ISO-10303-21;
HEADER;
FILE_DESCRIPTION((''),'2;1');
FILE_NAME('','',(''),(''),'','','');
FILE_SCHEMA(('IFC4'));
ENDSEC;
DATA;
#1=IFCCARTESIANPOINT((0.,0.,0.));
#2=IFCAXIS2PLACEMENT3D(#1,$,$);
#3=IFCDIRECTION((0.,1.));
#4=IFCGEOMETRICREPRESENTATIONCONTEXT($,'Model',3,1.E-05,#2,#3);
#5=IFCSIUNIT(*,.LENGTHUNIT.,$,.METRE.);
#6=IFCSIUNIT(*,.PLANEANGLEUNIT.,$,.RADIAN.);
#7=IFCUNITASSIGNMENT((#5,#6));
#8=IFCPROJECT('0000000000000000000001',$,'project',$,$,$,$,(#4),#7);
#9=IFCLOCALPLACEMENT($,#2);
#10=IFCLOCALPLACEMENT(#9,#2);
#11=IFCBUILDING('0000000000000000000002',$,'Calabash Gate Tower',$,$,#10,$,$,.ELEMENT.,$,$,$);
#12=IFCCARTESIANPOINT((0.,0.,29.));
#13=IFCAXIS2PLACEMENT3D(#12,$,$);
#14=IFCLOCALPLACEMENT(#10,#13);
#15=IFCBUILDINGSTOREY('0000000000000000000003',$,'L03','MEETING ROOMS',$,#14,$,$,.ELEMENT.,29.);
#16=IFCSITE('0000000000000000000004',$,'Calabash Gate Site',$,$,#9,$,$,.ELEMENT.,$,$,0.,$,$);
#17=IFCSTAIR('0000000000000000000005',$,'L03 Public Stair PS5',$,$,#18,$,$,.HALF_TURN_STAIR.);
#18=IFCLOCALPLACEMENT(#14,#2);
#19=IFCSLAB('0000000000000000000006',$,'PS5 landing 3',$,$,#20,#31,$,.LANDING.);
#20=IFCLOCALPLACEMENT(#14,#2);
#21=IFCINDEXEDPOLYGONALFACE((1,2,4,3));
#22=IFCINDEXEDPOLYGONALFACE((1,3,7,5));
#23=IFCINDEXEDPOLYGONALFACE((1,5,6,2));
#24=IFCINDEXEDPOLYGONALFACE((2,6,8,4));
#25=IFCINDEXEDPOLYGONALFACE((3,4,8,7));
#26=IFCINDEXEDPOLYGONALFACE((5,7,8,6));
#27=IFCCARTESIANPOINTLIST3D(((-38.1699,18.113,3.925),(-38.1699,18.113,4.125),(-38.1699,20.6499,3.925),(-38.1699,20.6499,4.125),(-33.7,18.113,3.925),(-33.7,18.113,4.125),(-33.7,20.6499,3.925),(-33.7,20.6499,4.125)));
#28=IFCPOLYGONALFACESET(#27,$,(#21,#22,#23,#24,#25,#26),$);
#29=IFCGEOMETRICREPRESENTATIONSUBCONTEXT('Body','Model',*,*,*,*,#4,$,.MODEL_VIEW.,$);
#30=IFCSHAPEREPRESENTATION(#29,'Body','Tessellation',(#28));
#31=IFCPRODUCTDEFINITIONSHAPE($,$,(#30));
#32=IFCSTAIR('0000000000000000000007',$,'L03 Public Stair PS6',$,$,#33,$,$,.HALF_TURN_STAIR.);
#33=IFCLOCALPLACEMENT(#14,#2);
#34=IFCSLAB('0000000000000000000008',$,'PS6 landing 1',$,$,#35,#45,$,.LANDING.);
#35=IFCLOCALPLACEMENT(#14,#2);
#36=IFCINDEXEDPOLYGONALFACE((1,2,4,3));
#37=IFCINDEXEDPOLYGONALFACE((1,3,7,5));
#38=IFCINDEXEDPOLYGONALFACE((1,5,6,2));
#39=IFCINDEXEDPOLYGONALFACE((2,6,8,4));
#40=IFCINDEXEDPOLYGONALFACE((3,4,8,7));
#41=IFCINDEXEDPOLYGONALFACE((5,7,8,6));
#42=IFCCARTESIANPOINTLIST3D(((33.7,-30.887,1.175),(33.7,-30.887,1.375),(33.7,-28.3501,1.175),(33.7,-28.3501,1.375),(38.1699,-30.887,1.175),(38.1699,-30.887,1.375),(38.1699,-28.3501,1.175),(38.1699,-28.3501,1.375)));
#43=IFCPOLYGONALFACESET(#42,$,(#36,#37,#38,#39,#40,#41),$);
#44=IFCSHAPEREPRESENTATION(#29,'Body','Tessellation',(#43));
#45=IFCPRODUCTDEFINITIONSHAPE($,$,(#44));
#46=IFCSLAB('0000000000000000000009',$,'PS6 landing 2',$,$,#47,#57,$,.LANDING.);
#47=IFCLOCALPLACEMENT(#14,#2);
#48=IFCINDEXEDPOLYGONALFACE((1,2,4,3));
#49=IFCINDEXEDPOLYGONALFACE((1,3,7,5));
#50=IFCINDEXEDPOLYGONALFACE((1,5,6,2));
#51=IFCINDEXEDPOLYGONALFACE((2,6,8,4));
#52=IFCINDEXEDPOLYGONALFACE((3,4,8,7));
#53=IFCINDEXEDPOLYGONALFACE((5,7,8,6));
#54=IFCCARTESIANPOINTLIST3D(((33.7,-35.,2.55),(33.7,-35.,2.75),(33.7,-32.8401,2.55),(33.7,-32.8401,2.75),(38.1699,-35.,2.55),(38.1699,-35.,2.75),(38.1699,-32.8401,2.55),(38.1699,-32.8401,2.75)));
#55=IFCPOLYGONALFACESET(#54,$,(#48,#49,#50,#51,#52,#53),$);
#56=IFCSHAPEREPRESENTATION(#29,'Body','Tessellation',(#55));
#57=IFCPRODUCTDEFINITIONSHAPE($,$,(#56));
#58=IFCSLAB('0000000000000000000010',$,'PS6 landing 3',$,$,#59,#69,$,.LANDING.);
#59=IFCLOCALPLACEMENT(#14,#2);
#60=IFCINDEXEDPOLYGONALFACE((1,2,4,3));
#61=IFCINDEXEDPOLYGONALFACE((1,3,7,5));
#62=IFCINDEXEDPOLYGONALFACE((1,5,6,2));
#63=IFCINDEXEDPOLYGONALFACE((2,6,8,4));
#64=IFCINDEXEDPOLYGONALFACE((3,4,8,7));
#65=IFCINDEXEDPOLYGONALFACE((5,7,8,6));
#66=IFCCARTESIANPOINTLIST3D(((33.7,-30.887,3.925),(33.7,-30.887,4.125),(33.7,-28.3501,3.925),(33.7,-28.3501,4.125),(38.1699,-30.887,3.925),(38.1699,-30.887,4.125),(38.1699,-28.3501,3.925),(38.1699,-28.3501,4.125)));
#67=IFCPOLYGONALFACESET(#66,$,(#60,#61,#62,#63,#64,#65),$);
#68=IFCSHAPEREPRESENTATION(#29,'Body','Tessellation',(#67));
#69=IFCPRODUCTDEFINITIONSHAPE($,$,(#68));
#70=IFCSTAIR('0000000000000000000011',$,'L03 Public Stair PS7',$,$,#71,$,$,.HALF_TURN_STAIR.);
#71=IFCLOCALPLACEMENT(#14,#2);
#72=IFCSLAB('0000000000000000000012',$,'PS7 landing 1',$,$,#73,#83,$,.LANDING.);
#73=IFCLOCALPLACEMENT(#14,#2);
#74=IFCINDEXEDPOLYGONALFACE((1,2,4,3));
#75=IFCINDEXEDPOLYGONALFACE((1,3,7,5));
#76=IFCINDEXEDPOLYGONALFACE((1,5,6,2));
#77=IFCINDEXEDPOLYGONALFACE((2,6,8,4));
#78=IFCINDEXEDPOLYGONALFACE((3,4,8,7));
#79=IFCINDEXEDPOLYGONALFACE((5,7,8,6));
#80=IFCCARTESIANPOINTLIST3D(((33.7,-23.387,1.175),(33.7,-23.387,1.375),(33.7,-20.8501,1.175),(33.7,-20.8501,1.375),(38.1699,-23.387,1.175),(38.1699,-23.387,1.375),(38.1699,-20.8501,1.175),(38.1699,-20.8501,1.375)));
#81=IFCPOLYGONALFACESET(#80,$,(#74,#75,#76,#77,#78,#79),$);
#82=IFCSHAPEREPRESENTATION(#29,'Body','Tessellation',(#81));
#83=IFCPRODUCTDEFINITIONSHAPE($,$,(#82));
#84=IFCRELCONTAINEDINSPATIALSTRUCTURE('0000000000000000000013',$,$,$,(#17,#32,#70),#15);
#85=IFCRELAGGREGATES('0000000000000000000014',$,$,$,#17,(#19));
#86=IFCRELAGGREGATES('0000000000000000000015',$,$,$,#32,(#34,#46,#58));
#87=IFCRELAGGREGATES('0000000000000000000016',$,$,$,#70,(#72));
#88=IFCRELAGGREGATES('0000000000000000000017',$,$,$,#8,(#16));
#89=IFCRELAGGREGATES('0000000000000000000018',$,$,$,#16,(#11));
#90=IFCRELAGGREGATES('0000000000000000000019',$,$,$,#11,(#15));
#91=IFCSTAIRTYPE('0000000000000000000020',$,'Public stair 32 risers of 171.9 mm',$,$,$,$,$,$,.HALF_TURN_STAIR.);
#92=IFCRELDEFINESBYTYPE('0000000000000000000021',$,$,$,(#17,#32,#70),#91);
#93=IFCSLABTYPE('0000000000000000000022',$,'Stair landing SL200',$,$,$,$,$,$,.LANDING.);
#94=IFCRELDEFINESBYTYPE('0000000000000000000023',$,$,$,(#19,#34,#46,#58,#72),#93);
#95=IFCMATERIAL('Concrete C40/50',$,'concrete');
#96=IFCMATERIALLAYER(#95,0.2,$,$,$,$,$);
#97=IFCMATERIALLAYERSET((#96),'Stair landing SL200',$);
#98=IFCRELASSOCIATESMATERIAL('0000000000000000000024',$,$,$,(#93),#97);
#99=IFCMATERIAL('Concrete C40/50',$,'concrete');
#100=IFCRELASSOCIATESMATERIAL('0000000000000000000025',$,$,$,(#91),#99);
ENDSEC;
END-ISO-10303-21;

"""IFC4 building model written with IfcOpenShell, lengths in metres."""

from ifc_helpers import new_model, si_unit, direction, frame, origin, place, context, subcontext, project, spatial, polyline, outline, extrude, material, layer, layer_set, type_object, element, aggregate, save


model = new_model("IFC4")

# Units and contexts
model_context = context("Model", 3, precision=1e-05, world=origin(), true_north=direction((0.0, 1.0)))
body_context = subcontext(model_context, "Body", "Model", "MODEL_VIEW")
ifc_project = project(units=[si_unit("LENGTHUNIT", "METRE"), si_unit("PLANEANGLEUNIT", "RADIAN")], contexts=[model_context])

# Site, building, storey
site_placement = place(None, origin())
site = spatial("IfcSite", under=ifc_project, at=site_placement, Name="Calabash Gate Site", CompositionType="ELEMENT", RefElevation=0.0)
building_placement = place(site_placement, origin())
building = spatial("IfcBuilding", under=site, at=building_placement, Name="Calabash Gate Tower", CompositionType="ELEMENT")
storey_placement = place(building_placement, frame((0.0, 0.0, 29.0)))
storey = spatial("IfcBuildingStorey", under=building, at=storey_placement, Name="L03", Description="MEETING ROOMS", CompositionType="ELEMENT", Elevation=29.0)

# Shared definitions
ifc_material_1 = material(Name="Concrete C40/50", Category="concrete")
ifc_layer = layer(ifc_material_1, 0.2)
ifc_layer_set = layer_set([ifc_layer], Name="Stair landing SL200")
slab_type = type_object("IfcSlabType", Name="Stair landing SL200", PredefinedType="LANDING", material=ifc_layer_set)

# Stairs, slabs
ifc_material_2 = material(Name="Concrete C40/50", Category="concrete")
stair_type_1 = type_object("IfcStairType", Name="Public stair 32 risers of 171.9 mm", PredefinedType="HALF_TURN_STAIR", material=ifc_material_2)
stair_1_placement = place(storey_placement, origin())
stair_1 = element("IfcStair", 1, at=stair_1_placement, inside=storey, type_object=stair_type_1, Name="L03 Public Stair PS5", PredefinedType="HALF_TURN_STAIR")
slab_1_placement = place(storey_placement, frame((0.0, 0.0, 3.925)))
slab_1 = element("IfcSlab", 2, at=slab_1_placement, type_object=slab_type, Name="PS5 landing 3", PredefinedType="LANDING", context=body_context, shape_type="SweptSolid", body=[
    extrude(outline(polyline([(-33.7, 18.113), (-33.7, 20.6499), (-38.1699, 20.6499), (-38.1699, 18.113), (-33.7, 18.113)])), origin(), (0.0, 0.0, 1.0), 0.2),
])
aggregate(stair_1, [slab_1])
stair_2_placement = place(storey_placement, origin())
stair_2 = element("IfcStair", 3, at=stair_2_placement, inside=storey, type_object=stair_type_1, Name="L03 Public Stair PS6", PredefinedType="HALF_TURN_STAIR")
slab_2_placement = place(storey_placement, frame((0.0, 0.0, 1.175)))
slab_2 = element("IfcSlab", 4, at=slab_2_placement, type_object=slab_type, Name="PS6 landing 1", PredefinedType="LANDING", context=body_context, shape_type="SweptSolid", body=[
    extrude(outline(polyline([(38.1699, -30.887), (38.1699, -28.3501), (33.7, -28.3501), (33.7, -30.887), (38.1699, -30.887)])), origin(), (0.0, 0.0, 1.0), 0.2),
])
slab_3_placement = place(storey_placement, frame((0.0, 0.0, 2.55)))
slab_3 = element("IfcSlab", 5, at=slab_3_placement, type_object=slab_type, Name="PS6 landing 2", PredefinedType="LANDING", context=body_context, shape_type="SweptSolid", body=[
    extrude(outline(polyline([(38.1699, -35.0), (38.1699, -32.8401), (33.7, -32.8401), (33.7, -35.0), (38.1699, -35.0)])), origin(), (0.0, 0.0, 1.0), 0.2),
])
slab_4_placement = place(storey_placement, frame((0.0, 0.0, 3.925)))
slab_4 = element("IfcSlab", 6, at=slab_4_placement, type_object=slab_type, Name="PS6 landing 3", PredefinedType="LANDING", context=body_context, shape_type="SweptSolid", body=[
    extrude(outline(polyline([(38.1699, -30.887), (38.1699, -28.3501), (33.7, -28.3501), (33.7, -30.887), (38.1699, -30.887)])), origin(), (0.0, 0.0, 1.0), 0.2),
])
aggregate(stair_2, [slab_2, slab_3, slab_4])

# Stair, slab
stair_3_placement = place(storey_placement, origin())
stair_3 = element("IfcStair", 7, at=stair_3_placement, inside=storey, type_object=stair_type_1, Name="L03 Public Stair PS7", PredefinedType="HALF_TURN_STAIR")
slab_5_placement = place(storey_placement, frame((0.0, 0.0, 1.175)))
slab_5 = element("IfcSlab", 8, at=slab_5_placement, type_object=slab_type, Name="PS7 landing 1", PredefinedType="LANDING", context=body_context, shape_type="SweptSolid", body=[
    extrude(outline(polyline([(38.1699, -23.387), (38.1699, -20.8501), (33.7, -20.8501), (33.7, -23.387), (38.1699, -23.387)])), origin(), (0.0, 0.0, 1.0), 0.2),
])
aggregate(stair_3, [slab_5])

save(model, "model.ifc")
